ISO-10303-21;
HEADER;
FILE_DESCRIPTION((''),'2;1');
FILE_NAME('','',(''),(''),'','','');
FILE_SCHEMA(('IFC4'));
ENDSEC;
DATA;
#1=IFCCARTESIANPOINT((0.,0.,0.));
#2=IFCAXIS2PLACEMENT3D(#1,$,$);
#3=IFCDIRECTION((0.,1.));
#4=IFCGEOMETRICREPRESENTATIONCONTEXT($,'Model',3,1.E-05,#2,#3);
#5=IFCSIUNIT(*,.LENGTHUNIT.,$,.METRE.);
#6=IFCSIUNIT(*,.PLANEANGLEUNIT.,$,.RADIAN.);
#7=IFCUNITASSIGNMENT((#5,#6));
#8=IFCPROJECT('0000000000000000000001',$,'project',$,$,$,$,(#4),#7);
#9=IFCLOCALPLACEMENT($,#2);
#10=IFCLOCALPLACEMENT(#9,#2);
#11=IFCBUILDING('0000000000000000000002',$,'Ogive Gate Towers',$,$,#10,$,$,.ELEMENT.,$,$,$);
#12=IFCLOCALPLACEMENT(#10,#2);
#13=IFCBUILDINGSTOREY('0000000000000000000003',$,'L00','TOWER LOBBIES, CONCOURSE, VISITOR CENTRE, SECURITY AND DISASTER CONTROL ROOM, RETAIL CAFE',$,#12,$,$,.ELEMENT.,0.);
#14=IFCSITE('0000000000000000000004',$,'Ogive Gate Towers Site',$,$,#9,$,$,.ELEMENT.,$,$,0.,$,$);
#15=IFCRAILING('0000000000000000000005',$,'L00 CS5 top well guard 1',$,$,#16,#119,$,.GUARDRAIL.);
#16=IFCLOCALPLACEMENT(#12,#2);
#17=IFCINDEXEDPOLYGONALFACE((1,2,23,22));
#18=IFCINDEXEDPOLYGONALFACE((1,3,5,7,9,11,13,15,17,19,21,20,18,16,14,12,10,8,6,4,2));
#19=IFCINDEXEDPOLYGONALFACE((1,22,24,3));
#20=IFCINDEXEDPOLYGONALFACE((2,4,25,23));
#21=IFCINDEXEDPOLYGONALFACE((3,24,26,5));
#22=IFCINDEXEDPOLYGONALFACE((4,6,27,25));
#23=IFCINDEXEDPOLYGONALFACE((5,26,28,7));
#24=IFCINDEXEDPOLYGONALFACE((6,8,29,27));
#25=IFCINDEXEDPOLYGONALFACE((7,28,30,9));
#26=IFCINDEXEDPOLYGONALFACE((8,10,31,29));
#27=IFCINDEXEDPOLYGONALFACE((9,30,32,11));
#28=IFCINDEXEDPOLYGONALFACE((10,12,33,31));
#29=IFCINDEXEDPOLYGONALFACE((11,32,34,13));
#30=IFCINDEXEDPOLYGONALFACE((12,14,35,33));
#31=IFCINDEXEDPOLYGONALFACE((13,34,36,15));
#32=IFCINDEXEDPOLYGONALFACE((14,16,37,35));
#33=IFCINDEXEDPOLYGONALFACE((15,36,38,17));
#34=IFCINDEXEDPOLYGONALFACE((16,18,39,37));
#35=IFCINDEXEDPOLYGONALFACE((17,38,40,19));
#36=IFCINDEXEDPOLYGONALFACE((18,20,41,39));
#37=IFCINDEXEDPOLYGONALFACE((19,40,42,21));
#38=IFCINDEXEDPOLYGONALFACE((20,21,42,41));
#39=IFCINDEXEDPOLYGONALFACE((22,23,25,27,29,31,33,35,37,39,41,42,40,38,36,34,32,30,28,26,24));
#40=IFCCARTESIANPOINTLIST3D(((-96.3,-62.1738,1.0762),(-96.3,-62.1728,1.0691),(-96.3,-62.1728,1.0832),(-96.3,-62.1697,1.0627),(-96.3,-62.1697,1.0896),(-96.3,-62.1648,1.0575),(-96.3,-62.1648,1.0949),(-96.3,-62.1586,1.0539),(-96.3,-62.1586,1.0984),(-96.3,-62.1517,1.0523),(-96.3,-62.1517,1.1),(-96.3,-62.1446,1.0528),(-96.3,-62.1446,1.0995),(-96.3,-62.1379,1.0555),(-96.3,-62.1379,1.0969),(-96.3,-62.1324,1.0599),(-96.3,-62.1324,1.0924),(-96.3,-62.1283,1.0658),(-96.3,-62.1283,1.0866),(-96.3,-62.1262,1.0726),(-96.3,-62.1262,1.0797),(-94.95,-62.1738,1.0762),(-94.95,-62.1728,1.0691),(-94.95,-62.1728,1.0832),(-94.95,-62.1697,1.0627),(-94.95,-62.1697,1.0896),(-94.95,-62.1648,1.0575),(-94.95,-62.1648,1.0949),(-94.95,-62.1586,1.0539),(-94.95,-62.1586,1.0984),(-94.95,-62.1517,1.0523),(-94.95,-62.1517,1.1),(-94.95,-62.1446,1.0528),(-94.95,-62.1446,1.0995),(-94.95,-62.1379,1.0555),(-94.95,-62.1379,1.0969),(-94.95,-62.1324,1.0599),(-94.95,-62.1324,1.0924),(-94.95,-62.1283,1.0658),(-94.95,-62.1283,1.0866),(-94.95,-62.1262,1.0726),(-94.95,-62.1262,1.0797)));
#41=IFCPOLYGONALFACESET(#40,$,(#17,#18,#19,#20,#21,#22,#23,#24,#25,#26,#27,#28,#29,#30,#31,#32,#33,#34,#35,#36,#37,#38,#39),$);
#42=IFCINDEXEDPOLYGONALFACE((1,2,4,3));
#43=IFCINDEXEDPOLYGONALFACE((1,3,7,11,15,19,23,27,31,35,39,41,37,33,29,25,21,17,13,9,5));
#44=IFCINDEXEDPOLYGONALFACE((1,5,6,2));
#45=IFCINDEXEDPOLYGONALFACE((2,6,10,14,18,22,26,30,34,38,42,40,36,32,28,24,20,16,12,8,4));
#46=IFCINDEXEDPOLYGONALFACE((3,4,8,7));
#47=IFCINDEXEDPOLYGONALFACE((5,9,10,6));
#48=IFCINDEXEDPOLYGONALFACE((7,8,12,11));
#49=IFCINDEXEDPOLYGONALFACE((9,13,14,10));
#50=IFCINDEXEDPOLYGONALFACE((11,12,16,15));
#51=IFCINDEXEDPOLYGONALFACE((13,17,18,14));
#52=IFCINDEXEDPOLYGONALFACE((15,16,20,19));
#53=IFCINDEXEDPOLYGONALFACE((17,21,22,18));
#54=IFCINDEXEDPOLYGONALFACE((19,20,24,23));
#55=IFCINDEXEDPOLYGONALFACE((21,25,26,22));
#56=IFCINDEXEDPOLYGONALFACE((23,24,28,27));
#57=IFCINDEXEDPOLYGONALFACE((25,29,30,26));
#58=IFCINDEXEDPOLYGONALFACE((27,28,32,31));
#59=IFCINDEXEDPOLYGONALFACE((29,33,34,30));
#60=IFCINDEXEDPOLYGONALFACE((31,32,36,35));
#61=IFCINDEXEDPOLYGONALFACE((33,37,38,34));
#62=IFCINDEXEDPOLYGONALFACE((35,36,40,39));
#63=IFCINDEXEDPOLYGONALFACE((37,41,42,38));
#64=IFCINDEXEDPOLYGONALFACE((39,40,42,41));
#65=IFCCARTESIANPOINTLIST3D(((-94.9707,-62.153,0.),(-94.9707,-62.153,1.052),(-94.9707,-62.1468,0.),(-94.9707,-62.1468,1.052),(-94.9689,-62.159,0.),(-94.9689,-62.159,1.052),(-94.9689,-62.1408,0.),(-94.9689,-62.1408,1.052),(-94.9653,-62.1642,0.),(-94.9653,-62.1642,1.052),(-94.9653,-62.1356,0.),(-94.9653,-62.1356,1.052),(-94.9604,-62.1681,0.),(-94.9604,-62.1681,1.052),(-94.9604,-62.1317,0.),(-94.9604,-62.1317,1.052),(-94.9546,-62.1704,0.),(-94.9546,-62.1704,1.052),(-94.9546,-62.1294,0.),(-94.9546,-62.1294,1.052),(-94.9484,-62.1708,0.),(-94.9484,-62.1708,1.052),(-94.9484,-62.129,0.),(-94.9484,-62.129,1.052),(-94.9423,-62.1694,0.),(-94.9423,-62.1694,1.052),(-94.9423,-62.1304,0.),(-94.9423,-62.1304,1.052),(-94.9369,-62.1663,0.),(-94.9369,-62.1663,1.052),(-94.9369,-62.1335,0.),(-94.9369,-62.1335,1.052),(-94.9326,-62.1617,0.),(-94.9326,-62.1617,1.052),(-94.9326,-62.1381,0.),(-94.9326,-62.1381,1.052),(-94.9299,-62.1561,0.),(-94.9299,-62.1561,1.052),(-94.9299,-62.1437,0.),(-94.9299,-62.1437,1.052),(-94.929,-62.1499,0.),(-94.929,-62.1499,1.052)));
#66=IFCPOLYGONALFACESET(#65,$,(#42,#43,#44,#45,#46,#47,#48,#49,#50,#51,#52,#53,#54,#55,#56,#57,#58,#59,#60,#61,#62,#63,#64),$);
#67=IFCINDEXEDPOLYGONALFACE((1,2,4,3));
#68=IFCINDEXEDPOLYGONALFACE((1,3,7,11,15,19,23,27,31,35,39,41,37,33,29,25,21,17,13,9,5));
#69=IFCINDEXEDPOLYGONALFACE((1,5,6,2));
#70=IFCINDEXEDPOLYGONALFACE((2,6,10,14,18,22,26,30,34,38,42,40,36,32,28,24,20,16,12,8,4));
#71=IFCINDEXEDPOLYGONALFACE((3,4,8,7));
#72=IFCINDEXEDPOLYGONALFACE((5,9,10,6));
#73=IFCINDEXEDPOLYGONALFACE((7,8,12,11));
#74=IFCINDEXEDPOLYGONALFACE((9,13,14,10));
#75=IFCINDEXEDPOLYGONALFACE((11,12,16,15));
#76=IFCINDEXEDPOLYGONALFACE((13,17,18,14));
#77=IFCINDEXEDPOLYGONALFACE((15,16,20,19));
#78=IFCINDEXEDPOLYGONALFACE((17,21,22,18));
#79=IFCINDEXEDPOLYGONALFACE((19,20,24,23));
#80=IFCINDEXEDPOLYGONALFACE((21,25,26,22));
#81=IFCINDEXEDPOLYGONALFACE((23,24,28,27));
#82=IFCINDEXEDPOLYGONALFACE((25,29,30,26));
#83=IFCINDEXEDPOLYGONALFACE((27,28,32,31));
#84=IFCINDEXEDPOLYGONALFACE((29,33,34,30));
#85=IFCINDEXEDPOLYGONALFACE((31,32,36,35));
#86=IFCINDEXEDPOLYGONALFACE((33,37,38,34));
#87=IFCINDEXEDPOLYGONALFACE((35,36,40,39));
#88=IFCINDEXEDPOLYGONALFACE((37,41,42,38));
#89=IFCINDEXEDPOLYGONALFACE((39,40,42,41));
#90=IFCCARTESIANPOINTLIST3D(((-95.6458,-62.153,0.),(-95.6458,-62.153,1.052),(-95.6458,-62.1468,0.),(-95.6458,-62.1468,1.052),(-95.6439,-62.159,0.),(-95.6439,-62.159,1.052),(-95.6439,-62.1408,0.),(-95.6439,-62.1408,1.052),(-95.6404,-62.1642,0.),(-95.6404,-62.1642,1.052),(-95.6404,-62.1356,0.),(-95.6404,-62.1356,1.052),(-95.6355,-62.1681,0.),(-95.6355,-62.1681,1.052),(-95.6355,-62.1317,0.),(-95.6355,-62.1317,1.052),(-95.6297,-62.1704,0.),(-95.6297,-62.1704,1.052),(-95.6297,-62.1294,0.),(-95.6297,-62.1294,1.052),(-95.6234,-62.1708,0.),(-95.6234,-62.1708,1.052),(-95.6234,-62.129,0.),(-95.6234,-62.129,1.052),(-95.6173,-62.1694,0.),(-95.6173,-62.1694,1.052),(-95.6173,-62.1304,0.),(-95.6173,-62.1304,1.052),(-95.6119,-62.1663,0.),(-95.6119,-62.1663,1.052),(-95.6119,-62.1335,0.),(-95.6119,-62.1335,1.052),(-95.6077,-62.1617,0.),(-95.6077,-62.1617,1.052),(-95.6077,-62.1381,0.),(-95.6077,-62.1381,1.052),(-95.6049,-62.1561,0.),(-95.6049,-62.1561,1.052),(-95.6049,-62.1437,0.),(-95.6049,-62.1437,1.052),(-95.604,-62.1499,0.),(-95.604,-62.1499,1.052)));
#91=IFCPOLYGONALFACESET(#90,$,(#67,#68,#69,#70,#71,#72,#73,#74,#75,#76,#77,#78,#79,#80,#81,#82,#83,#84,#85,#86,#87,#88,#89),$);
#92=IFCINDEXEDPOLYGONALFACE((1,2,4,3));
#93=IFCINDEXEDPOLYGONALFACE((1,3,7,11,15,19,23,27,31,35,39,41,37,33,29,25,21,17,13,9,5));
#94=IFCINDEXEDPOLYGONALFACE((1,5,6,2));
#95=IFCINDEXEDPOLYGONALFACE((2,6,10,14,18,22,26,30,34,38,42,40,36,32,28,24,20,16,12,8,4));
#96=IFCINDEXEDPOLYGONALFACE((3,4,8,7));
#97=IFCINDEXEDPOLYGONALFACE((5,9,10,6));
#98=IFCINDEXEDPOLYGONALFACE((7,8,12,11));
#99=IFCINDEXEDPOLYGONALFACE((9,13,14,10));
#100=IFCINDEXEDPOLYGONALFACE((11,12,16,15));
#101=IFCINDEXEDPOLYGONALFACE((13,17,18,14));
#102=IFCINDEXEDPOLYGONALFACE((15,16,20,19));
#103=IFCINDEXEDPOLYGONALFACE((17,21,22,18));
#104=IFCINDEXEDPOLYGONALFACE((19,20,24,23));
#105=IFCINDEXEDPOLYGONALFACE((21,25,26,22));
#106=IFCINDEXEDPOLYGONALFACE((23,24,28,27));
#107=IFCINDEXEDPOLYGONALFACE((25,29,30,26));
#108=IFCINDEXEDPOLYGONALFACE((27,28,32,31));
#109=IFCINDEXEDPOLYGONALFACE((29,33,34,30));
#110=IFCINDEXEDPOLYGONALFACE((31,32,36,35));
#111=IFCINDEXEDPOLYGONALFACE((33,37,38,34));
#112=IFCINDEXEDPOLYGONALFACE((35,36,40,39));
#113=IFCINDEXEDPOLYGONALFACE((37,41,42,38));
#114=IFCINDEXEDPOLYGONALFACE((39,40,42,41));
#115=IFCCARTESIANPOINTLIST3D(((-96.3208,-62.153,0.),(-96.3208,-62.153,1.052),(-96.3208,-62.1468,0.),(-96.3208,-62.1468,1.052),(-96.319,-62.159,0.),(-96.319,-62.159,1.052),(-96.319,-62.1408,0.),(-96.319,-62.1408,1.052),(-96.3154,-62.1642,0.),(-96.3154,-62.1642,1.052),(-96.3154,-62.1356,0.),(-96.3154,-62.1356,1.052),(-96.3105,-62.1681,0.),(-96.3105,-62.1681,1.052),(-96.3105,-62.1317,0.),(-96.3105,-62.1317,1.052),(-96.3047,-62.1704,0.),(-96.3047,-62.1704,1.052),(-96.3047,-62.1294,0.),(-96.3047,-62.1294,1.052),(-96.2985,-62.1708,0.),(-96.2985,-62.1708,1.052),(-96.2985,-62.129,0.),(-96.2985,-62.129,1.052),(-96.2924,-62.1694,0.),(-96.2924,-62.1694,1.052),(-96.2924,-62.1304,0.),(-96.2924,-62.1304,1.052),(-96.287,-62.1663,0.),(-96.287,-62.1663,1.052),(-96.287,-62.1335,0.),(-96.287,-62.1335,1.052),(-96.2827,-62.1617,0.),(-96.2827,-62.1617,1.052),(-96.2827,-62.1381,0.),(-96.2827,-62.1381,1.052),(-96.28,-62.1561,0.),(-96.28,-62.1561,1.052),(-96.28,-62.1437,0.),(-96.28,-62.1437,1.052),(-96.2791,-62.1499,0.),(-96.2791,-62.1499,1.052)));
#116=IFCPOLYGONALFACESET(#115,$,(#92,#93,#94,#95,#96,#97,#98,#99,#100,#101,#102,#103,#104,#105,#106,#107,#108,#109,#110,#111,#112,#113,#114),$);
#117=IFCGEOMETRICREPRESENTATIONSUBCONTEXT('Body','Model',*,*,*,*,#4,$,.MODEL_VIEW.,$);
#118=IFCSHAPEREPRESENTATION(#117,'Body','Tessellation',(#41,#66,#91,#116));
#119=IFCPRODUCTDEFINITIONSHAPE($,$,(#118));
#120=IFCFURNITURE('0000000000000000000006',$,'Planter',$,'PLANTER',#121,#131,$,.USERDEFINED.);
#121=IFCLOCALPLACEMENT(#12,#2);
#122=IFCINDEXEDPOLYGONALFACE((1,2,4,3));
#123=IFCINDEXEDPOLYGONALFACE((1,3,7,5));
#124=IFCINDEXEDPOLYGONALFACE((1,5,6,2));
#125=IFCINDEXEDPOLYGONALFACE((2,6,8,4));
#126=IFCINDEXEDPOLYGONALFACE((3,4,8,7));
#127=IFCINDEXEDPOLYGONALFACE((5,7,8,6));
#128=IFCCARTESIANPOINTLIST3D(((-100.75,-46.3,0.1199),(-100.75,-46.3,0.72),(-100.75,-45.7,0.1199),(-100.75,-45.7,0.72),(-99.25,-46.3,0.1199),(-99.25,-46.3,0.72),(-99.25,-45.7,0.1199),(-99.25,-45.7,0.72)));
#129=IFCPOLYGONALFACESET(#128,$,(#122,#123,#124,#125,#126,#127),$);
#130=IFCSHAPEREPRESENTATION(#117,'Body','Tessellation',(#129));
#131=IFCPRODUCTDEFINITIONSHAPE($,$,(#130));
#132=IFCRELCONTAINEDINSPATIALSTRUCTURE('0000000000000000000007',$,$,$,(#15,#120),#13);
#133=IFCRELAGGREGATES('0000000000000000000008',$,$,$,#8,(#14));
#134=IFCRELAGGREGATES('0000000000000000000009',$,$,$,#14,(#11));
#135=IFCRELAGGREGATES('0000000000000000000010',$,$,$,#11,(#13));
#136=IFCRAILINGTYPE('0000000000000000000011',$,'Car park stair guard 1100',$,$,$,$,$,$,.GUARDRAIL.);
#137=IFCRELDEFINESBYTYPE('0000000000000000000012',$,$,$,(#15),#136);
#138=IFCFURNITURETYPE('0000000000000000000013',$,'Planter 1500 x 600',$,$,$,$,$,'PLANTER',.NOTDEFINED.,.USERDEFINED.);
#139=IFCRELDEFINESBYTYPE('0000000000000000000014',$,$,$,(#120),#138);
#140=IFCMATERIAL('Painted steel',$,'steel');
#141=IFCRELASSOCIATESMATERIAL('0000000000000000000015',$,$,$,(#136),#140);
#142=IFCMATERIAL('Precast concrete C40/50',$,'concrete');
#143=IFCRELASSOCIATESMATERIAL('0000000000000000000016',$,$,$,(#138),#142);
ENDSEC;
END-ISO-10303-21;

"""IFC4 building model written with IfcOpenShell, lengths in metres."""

from ifc_helpers import new_model, si_unit, direction, frame, origin, origin_2d, place, context, subcontext, project, spatial, rectangle, circle, extrude, material, type_object, element, save


model = new_model("IFC4")

# Units and contexts
model_context = context("Model", 3, precision=1e-05, world=origin(), true_north=direction((0.0, 1.0)))
body_context = subcontext(model_context, "Body", "Model", "MODEL_VIEW")
ifc_project = project(units=[si_unit("LENGTHUNIT", "METRE"), si_unit("PLANEANGLEUNIT", "RADIAN")], contexts=[model_context])

# Site, building, storey
site_placement = place(None, origin())
site = spatial("IfcSite", under=ifc_project, at=site_placement, Name="Ogive Gate Towers Site", CompositionType="ELEMENT", RefElevation=0.0)
building_placement = place(site_placement, origin())
building = spatial("IfcBuilding", under=site, at=building_placement, Name="Ogive Gate Towers", CompositionType="ELEMENT")
storey_placement = place(building_placement, origin())
storey = spatial("IfcBuildingStorey", under=building, at=storey_placement, Name="L00", Description="TOWER LOBBIES, CONCOURSE, VISITOR CENTRE, SECURITY AND DISASTER CONTROL ROOM, RETAIL CAFE", CompositionType="ELEMENT", Elevation=0.0)

# Shared definitions
ifc_material_1 = material(Name="Precast concrete C40/50", Category="concrete")

# Railing
ifc_material_2 = material(Name="Painted steel", Category="steel")
railing_type_1 = type_object("IfcRailingType", Name="Car park stair guard 1100", PredefinedType="GUARDRAIL", material=ifc_material_2)
railing_1_placement = place(storey_placement, frame((-94.95, -62.1499, 0.0)))
element("IfcRailing", 1, at=railing_1_placement, inside=storey, type_object=railing_type_1, Name="L00 CS5 top well guard 1", PredefinedType="GUARDRAIL", context=body_context, shape_type="SweptSolid", body=[
    extrude(circle(Radius=0.0239, at=origin_2d()), frame((0.0, 0.0, 1.0762), z_axis=(-1.0, 0.0, 0.0), x_axis=(0.0, -1.0, 0.0)), (0.0, 0.0, 1.0), 1.3501),
    extrude(circle(Radius=0.021, at=origin_2d()), origin(), (0.0, 0.0, 1.0), 1.052),
    extrude(circle(Radius=0.021, at=origin_2d()), frame((-0.675, 0.0, 0.0)), (0.0, 0.0, 1.0), 1.052),
    extrude(circle(Radius=0.021, at=origin_2d()), frame((-1.3501, 0.0, 0.0)), (0.0, 0.0, 1.0), 1.052),
])

# Furniture
furniture_type = type_object("IfcFurnitureType", Name="Planter 1500 x 600", ElementType="PLANTER", AssemblyPlace="NOTDEFINED", PredefinedType="USERDEFINED", material=ifc_material_1)
furniture_placement = place(storey_placement, frame((-100.0, -46.0, 0.1199), z_axis=(0.0, 0.0, 1.0), x_axis=(1.0, 0.0, 0.0)))
element("IfcFurniture", 2, at=furniture_placement, inside=storey, type_object=furniture_type, Name="Planter", ObjectType="PLANTER", PredefinedType="USERDEFINED", context=body_context, shape_type="SweptSolid", body=[
    extrude(rectangle(XDim=1.5, YDim=0.6001, at=origin_2d()), origin(), (0.0, 0.0, 1.0), 0.6001),
])

save(model, "model.ifc")
